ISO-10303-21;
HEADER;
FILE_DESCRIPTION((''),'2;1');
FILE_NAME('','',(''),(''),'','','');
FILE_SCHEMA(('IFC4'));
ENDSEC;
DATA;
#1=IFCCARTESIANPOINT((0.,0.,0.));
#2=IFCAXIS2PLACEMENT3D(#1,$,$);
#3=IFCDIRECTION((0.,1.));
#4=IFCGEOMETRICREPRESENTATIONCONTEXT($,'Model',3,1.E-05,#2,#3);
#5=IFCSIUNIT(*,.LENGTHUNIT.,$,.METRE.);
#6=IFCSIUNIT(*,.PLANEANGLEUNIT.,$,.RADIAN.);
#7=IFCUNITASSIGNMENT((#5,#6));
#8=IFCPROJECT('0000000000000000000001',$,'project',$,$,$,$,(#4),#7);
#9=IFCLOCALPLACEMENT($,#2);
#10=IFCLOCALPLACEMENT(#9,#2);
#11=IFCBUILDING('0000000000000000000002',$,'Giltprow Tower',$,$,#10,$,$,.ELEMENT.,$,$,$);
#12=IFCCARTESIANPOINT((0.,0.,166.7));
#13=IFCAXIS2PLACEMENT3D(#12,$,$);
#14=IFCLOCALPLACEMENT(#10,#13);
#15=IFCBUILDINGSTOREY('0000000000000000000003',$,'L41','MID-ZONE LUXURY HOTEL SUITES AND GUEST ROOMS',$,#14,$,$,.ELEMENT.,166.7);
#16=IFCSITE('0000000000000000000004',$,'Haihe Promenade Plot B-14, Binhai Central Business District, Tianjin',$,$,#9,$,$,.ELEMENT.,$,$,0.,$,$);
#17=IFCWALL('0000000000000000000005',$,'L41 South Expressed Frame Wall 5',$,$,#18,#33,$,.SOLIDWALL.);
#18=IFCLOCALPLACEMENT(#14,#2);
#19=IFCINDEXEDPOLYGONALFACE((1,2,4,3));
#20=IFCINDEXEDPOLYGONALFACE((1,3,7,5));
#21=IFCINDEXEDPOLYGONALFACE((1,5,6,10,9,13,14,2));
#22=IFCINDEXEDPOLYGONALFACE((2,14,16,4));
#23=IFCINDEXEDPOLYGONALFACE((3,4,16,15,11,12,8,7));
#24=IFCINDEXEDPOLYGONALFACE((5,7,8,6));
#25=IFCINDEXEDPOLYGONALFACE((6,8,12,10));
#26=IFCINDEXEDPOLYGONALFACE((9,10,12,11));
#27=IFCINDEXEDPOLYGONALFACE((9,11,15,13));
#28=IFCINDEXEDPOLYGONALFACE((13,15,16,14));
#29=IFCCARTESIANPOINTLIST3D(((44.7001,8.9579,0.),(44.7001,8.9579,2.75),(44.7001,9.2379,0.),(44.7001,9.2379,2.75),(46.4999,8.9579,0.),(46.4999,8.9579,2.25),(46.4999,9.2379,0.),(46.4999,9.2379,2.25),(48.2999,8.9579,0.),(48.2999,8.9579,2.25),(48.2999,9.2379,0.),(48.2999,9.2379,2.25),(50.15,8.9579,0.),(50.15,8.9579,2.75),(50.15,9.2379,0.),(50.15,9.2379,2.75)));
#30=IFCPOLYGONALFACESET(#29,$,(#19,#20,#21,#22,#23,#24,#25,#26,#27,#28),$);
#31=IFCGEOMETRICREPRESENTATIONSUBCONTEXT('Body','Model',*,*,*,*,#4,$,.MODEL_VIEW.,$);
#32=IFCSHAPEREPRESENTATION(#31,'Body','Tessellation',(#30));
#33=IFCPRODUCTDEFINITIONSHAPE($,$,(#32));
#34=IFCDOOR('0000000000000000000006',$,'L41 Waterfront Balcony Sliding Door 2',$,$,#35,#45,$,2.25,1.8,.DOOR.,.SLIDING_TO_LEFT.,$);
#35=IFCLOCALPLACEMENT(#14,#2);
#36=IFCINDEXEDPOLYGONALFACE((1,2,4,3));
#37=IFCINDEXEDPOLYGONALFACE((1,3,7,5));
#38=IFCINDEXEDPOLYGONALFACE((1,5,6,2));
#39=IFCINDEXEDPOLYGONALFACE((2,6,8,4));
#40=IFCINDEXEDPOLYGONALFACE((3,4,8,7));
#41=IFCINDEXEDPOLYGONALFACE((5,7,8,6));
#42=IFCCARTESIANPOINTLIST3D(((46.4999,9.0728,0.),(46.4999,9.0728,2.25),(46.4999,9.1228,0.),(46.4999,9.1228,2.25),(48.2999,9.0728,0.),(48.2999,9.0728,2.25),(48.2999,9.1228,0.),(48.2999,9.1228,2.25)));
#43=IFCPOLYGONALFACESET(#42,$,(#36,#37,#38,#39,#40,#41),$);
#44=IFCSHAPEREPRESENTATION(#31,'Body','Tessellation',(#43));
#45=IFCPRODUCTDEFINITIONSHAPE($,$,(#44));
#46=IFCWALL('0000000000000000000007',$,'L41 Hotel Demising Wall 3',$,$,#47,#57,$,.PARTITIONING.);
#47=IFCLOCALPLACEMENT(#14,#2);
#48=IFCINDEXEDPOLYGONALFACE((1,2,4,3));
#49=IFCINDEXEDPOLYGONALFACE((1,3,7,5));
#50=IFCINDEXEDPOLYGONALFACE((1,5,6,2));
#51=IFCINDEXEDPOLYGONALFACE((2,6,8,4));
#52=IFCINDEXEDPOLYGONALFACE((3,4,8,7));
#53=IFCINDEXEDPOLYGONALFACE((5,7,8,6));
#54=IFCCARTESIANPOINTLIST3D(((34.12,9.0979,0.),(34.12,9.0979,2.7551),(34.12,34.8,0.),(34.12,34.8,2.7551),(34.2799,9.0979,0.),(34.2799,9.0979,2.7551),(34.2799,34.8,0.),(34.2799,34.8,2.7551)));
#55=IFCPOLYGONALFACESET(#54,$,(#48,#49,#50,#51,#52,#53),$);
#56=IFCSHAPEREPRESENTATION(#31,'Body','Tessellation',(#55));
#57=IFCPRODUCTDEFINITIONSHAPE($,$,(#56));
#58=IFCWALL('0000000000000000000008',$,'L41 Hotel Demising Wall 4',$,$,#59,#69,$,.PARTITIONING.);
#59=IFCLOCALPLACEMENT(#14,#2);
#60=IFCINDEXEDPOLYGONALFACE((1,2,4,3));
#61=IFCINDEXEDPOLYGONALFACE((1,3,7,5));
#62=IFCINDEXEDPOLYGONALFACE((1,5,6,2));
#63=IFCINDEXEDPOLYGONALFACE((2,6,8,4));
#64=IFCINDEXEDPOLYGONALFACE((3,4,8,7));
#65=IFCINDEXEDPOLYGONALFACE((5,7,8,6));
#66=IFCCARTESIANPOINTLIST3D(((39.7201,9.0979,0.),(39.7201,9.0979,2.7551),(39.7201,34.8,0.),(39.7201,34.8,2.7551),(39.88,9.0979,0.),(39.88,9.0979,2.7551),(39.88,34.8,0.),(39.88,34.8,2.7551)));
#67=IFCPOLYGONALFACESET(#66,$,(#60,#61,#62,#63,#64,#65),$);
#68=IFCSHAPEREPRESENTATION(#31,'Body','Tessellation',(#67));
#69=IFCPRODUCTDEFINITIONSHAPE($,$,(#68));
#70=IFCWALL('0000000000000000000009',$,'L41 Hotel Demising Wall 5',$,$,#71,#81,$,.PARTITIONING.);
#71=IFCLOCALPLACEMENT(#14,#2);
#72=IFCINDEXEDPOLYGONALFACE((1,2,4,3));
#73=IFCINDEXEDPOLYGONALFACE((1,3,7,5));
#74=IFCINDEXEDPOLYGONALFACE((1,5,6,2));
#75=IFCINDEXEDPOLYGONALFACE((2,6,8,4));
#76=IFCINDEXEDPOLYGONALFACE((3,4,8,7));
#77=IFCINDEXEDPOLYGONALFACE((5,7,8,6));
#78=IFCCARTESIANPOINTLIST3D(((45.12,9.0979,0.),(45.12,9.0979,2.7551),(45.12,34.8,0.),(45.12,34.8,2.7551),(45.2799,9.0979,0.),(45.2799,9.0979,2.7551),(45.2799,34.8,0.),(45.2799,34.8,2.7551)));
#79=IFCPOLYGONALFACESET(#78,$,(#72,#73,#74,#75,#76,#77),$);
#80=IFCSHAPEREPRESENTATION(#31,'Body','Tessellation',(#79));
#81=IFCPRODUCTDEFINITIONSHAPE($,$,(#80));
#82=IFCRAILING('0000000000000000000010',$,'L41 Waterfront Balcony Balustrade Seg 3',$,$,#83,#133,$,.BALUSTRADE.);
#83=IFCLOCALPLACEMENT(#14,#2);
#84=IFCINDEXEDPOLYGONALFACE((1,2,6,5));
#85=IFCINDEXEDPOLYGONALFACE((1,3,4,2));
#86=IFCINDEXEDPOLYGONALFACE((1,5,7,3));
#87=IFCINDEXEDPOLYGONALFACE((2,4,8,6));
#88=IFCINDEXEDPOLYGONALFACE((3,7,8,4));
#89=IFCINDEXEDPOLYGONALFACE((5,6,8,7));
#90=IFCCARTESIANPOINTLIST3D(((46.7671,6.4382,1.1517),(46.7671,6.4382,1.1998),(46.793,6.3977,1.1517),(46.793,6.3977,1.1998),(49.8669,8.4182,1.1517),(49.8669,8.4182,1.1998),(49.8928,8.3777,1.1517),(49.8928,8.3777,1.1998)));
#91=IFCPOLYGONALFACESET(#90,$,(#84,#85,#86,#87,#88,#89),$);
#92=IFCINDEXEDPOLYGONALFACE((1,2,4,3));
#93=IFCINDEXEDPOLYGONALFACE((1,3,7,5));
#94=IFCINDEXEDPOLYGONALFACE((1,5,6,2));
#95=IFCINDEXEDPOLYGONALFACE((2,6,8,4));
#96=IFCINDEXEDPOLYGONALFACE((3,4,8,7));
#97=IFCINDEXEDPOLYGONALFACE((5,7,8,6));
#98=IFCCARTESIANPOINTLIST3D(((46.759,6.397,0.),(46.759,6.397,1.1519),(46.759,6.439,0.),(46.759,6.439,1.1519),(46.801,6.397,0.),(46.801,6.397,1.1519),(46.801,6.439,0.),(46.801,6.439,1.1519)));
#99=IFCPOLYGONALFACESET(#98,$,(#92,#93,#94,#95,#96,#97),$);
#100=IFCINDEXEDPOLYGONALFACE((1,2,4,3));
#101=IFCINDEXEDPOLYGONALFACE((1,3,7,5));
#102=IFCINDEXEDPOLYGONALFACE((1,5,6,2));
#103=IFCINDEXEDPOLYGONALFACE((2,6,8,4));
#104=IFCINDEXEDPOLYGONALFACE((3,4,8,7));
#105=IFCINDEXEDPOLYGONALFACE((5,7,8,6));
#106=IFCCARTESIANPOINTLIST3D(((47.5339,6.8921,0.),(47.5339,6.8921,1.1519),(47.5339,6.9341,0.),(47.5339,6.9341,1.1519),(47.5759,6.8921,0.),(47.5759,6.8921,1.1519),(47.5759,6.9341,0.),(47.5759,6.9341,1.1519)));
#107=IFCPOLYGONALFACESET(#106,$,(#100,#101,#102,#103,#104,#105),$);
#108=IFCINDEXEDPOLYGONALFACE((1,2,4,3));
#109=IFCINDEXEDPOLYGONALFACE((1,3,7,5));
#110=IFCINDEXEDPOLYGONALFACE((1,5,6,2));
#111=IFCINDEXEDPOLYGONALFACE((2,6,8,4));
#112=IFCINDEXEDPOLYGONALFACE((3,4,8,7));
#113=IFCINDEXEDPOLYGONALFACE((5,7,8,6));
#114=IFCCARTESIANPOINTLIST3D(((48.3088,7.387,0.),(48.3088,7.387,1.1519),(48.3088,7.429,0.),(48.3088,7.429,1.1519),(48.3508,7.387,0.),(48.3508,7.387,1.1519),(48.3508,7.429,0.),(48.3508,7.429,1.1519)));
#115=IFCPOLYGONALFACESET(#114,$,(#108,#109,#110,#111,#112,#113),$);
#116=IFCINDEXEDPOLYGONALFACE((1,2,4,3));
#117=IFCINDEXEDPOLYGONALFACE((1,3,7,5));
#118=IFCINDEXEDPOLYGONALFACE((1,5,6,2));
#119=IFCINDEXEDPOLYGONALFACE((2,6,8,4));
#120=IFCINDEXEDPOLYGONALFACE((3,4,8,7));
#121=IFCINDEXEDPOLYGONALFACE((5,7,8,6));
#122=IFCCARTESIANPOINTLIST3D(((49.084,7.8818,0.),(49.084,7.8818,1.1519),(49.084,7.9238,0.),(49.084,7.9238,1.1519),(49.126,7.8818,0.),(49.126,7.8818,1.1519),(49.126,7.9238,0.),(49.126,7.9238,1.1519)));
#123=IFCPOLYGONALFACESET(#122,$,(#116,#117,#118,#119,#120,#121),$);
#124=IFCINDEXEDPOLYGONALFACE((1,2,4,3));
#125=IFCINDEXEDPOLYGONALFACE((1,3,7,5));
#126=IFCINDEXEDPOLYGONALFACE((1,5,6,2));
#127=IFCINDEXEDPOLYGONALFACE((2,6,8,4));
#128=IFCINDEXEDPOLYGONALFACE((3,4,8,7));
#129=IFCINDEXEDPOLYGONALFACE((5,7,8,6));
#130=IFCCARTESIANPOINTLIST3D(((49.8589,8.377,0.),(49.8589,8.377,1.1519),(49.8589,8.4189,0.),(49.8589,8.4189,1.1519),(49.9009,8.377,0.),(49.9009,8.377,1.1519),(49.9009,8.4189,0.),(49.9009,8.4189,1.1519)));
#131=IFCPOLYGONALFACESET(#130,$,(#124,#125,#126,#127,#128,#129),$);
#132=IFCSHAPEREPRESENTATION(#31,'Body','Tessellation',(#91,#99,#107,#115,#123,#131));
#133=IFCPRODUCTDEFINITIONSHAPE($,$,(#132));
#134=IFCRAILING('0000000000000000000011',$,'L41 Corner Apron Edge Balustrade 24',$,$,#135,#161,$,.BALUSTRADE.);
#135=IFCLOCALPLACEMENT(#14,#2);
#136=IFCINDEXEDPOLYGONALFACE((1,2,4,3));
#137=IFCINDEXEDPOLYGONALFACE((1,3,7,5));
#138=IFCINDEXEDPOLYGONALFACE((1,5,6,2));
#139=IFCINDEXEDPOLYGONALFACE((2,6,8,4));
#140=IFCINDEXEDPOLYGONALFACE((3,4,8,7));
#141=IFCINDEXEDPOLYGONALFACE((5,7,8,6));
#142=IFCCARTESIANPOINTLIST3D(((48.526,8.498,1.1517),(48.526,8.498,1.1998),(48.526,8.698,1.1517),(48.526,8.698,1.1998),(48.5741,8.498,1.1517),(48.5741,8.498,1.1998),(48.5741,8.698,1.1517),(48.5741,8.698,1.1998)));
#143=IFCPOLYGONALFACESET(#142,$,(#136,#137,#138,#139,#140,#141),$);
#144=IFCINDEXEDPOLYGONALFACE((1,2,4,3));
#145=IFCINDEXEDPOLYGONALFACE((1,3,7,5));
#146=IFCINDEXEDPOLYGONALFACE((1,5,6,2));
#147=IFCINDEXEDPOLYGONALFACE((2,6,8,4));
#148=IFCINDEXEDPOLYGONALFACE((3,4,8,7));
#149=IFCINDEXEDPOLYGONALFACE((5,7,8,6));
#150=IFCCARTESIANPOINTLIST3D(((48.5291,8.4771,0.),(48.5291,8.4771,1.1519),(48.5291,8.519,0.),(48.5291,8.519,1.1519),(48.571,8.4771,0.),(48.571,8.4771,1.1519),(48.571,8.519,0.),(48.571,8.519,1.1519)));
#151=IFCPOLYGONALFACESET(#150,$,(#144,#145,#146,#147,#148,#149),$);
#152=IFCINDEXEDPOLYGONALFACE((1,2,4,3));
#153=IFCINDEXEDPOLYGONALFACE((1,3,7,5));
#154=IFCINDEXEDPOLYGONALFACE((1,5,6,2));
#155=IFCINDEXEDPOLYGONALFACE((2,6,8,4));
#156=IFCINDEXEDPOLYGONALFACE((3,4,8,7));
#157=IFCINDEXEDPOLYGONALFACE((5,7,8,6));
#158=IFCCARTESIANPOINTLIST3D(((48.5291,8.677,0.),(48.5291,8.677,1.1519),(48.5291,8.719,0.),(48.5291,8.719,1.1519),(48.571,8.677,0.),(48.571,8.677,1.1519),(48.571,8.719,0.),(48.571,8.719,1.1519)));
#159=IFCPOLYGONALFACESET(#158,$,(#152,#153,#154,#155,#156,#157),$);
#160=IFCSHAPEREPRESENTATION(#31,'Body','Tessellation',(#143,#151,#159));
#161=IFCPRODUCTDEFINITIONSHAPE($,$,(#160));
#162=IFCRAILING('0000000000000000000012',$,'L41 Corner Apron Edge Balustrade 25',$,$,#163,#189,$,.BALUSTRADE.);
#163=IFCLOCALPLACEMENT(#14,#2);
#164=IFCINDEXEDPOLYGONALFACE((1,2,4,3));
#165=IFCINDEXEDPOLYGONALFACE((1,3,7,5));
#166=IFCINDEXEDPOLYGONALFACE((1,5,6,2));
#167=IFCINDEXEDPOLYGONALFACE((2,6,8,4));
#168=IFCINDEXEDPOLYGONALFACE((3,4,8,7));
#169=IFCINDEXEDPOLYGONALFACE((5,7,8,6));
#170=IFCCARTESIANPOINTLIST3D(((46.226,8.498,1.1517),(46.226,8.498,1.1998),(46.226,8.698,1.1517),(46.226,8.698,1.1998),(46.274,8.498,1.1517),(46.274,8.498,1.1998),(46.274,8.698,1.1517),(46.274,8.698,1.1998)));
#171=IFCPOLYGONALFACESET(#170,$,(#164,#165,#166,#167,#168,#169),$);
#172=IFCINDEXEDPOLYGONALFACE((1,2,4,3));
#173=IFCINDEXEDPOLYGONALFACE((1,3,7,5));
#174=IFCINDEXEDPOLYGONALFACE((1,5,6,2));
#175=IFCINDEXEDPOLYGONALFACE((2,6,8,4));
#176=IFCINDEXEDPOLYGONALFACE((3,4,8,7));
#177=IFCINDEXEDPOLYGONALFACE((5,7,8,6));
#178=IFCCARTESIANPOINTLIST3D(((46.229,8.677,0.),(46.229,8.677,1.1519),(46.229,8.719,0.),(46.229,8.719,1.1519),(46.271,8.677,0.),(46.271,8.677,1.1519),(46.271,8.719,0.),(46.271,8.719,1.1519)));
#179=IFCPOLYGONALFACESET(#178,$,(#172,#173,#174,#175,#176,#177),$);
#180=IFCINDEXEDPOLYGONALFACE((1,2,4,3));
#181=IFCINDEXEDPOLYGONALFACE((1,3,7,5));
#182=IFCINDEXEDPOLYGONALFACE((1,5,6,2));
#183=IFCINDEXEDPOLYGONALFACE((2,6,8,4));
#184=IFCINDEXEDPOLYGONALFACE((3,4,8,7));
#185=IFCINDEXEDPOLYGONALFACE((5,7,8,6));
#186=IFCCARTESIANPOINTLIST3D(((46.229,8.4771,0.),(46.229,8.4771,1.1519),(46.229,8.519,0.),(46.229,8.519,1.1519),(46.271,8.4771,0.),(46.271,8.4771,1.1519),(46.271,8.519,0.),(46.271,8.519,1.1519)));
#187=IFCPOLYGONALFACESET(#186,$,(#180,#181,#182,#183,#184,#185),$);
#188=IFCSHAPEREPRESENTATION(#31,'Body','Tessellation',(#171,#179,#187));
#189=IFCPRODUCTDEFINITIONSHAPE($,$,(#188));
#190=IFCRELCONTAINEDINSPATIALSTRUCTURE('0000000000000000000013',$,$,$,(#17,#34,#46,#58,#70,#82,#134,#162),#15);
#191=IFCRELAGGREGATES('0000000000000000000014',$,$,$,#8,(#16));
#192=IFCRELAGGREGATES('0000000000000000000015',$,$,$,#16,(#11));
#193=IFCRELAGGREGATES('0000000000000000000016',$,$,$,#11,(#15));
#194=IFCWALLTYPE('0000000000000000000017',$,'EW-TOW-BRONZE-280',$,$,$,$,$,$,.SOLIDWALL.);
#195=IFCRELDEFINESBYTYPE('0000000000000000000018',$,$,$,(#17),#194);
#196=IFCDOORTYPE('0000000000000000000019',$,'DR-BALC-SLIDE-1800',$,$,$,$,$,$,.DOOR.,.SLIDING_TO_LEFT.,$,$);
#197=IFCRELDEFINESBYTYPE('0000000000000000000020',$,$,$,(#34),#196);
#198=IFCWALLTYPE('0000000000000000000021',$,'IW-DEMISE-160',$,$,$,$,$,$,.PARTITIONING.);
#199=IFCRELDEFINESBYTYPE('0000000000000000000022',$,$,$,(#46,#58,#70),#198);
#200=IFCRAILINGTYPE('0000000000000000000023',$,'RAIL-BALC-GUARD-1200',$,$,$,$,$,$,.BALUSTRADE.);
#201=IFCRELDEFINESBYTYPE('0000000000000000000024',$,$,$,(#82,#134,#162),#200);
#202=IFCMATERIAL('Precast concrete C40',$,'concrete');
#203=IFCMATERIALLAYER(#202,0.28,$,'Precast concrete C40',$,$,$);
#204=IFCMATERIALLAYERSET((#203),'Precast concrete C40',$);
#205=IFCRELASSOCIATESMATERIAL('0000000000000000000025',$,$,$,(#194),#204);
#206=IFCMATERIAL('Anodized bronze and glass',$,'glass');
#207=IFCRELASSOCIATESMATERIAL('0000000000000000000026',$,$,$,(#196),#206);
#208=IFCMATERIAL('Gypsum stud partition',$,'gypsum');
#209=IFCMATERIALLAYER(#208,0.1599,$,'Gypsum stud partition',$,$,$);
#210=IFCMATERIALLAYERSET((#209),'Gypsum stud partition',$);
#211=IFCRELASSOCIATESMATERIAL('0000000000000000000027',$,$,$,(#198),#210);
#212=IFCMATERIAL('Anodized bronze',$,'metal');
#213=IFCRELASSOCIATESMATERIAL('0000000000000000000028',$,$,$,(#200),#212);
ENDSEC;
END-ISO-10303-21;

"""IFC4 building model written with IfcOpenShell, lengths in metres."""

from ifc_helpers import new_model, si_unit, direction, frame, frame_2d, origin, origin_2d, place, context, subcontext, project, spatial, rectangle, extrude, source, transform, mapped, material, layer, layer_set, type_object, element, fill, save


model = new_model("IFC4")

# Units and contexts
model_context = context("Model", 3, precision=1e-05, world=origin(), true_north=direction((0.0, 1.0)))
body_context = subcontext(model_context, "Body", "Model", "MODEL_VIEW")
ifc_project = project(units=[si_unit("LENGTHUNIT", "METRE"), si_unit("PLANEANGLEUNIT", "RADIAN")], contexts=[model_context])

# Site, building, storey
site_placement = place(None, origin())
site = spatial("IfcSite", under=ifc_project, at=site_placement, Name="Haihe Promenade Plot B-14, Binhai Central Business District, Tianjin", CompositionType="ELEMENT", RefElevation=0.0)
building_placement = place(site_placement, origin())
building = spatial("IfcBuilding", under=site, at=building_placement, Name="Giltprow Tower", CompositionType="ELEMENT")
storey_placement = place(building_placement, frame((0.0, 0.0, 166.7)))
storey = spatial("IfcBuildingStorey", under=building, at=storey_placement, Name="L41", Description="MID-ZONE LUXURY HOTEL SUITES AND GUEST ROOMS", CompositionType="ELEMENT", Elevation=166.7)

# Shared definitions
ifc_material_1 = material(Name="Anodized bronze", Category="metal")

# Shared definitions
ifc_material_2 = material(Name="Precast concrete C40", Category="concrete")
ifc_layer_1 = layer(ifc_material_2, 0.28, Name="Precast concrete C40")
ifc_layer_set_1 = layer_set([ifc_layer_1], Name="Precast concrete C40")
wall_type_1 = type_object("IfcWallType", Name="EW-TOW-BRONZE-280", PredefinedType="SOLIDWALL", material=ifc_layer_set_1)

# Wall, opening, door
wall_1_placement = place(storey_placement, frame((44.7, 9.0979, 0.0), z_axis=(0.0, 0.0, 1.0), x_axis=(1.0, 0.0, 0.0)))
wall_1 = element("IfcWall", 1, at=wall_1_placement, inside=storey, type_object=wall_type_1, Name="L41 South Expressed Frame Wall 5", PredefinedType="SOLIDWALL", context=body_context, shape_type="SweptSolid", body=[
    extrude(rectangle(XDim=5.45, YDim=0.28, at=frame_2d((2.7251, 0.0))), origin(), (0.0, 0.0, 1.0), 2.75),
])
opening_placement = place(wall_1_placement, frame((1.8, 0.0, 0.0)))
opening = element("IfcOpeningElement", 2, at=opening_placement, cuts=wall_1, PredefinedType="OPENING", context=body_context, shape_type="SweptSolid", body=[
    extrude(rectangle(XDim=1.8, YDim=2.25, at=frame_2d((0.8999, 1.125))), frame((0.0, 0.1499, 0.0), z_axis=(0.0, -1.0, 0.0), x_axis=(1.0, 0.0, 0.0)), (0.0, 0.0, 1.0), 0.3),
])
ifc_material_3 = material(Name="Anodized bronze and glass", Category="glass")
door_type = type_object("IfcDoorType", Name="DR-BALC-SLIDE-1800", OperationType="SLIDING_TO_LEFT", PredefinedType="DOOR", material=ifc_material_3)
shared_shape_1 = source(origin(), body_context, "Body", "SweptSolid", [
    extrude(rectangle(XDim=1.8, YDim=2.25, at=frame_2d((0.8999, 1.125))), frame((0.0, 0.0249, 0.0), z_axis=(0.0, -1.0, 0.0), x_axis=(1.0, 0.0, 0.0)), (0.0, 0.0, 1.0), 0.05),
])
door_placement = place(opening_placement, origin())
door = element("IfcDoor", 3, at=door_placement, inside=storey, type_object=door_type, Name="L41 Waterfront Balcony Sliding Door 2", OperationType="SLIDING_TO_LEFT", OverallHeight=2.25, OverallWidth=1.8, PredefinedType="DOOR", context=body_context, shape_type="MappedRepresentation", body=[
    mapped(shared_shape_1, transform((0.0, 0.0, 0.0), x_axis=(1.0, 0.0, 0.0), y_axis=(0.0, 1.0, 0.0), z_axis=(0.0, 0.0, 1.0), scale=1.0)),
])
fill(opening, door)

# Walls
ifc_material_4 = material(Name="Gypsum stud partition", Category="gypsum")
ifc_layer_2 = layer(ifc_material_4, 0.1599, Name="Gypsum stud partition")
ifc_layer_set_2 = layer_set([ifc_layer_2], Name="Gypsum stud partition")
wall_type_2 = type_object("IfcWallType", Name="IW-DEMISE-160", PredefinedType="PARTITIONING", material=ifc_layer_set_2)
for number, where, z_axis, x_axis, name in (
    (4, (34.2, 9.0979, 0.0), (0.0, 0.0, 1.0), (0.0, 1.0, 0.0), "L41 Hotel Demising Wall 3"),
    (5, (39.8, 9.0979, 0.0), (0.0, 0.0, 1.0), (0.0, 1.0, 0.0), "L41 Hotel Demising Wall 4"),
    (6, (45.2, 9.0979, 0.0), (0.0, 0.0, 1.0), (0.0, 1.0, 0.0), "L41 Hotel Demising Wall 5"),
):
    element("IfcWall", number, at=place(storey_placement, frame(where, z_axis=z_axis, x_axis=x_axis)), inside=storey, type_object=wall_type_2, Name=name, PredefinedType="PARTITIONING", context=body_context, shape_type="SweptSolid", body=[
        extrude(rectangle(XDim=25.7021, YDim=0.1599, at=frame_2d((12.8511, 0.0))), origin(), (0.0, 0.0, 1.0), 2.7551),
    ])

# Railings
railing_type = type_object("IfcRailingType", Name="RAIL-BALC-GUARD-1200", PredefinedType="BALUSTRADE", material=ifc_material_1)
railing_1_placement = place(storey_placement, frame((46.78, 6.418, 0.0)))
element("IfcRailing", 7, at=railing_1_placement, inside=storey, type_object=railing_type, Name="L41 Waterfront Balcony Balustrade Seg 3", PredefinedType="BALUSTRADE", context=body_context, shape_type="SweptSolid", body=[
    extrude(rectangle(XDim=0.0481, YDim=0.0481, at=origin_2d()), frame((0.0, 0.0, 1.1758), z_axis=(0.842756, 0.538296, 0.0), x_axis=(-0.538296, 0.842756, 0.0)), (0.0, 0.0, 1.0), 3.6782),
    extrude(rectangle(XDim=0.042, YDim=0.042, at=origin_2d()), origin(), (0.0, 0.0, 1.0), 1.1519),
    extrude(rectangle(XDim=0.042, YDim=0.042, at=origin_2d()), frame((0.7749, 0.4951, 0.0)), (0.0, 0.0, 1.0), 1.1519),
    extrude(rectangle(XDim=0.042, YDim=0.042, at=origin_2d()), frame((1.5498, 0.99, 0.0)), (0.0, 0.0, 1.0), 1.1519),
    extrude(rectangle(XDim=0.042, YDim=0.042, at=origin_2d()), frame((2.325, 1.4849, 0.0)), (0.0, 0.0, 1.0), 1.1519),
    extrude(rectangle(XDim=0.042, YDim=0.042, at=origin_2d()), frame((3.0999, 1.98, 0.0)), (0.0, 0.0, 1.0), 1.1519),
])
railing_2_placement = place(storey_placement, frame((48.55, 8.498, 0.0)))
element("IfcRailing", 8, at=railing_2_placement, inside=storey, type_object=railing_type, Name="L41 Corner Apron Edge Balustrade 24", PredefinedType="BALUSTRADE", context=body_context, shape_type="SweptSolid", body=[
    extrude(rectangle(XDim=0.0481, YDim=0.0481, at=origin_2d()), frame((0.0, 0.0, 1.1758), z_axis=(0.0, 1.0, 0.0), x_axis=(-1.0, 0.0, 0.0)), (0.0, 0.0, 1.0), 0.2),
    extrude(rectangle(XDim=0.042, YDim=0.042, at=origin_2d()), origin(), (0.0, 0.0, 1.0), 1.1519),
    extrude(rectangle(XDim=0.042, YDim=0.042, at=origin_2d()), frame((0.0, 0.2, 0.0)), (0.0, 0.0, 1.0), 1.1519),
])
railing_3_placement = place(storey_placement, frame((46.25, 8.698, 0.0)))
element("IfcRailing", 9, at=railing_3_placement, inside=storey, type_object=railing_type, Name="L41 Corner Apron Edge Balustrade 25", PredefinedType="BALUSTRADE", context=body_context, shape_type="SweptSolid", body=[
    extrude(rectangle(XDim=0.0481, YDim=0.0481, at=origin_2d()), frame((0.0, 0.0, 1.1758), z_axis=(0.0, -1.0, 0.0), x_axis=(1.0, 0.0, 0.0)), (0.0, 0.0, 1.0), 0.2),
    extrude(rectangle(XDim=0.042, YDim=0.042, at=origin_2d()), origin(), (0.0, 0.0, 1.0), 1.1519),
    extrude(rectangle(XDim=0.042, YDim=0.042, at=origin_2d()), frame((0.0, -0.2, 0.0)), (0.0, 0.0, 1.0), 1.1519),
])

save(model, "model.ifc")
